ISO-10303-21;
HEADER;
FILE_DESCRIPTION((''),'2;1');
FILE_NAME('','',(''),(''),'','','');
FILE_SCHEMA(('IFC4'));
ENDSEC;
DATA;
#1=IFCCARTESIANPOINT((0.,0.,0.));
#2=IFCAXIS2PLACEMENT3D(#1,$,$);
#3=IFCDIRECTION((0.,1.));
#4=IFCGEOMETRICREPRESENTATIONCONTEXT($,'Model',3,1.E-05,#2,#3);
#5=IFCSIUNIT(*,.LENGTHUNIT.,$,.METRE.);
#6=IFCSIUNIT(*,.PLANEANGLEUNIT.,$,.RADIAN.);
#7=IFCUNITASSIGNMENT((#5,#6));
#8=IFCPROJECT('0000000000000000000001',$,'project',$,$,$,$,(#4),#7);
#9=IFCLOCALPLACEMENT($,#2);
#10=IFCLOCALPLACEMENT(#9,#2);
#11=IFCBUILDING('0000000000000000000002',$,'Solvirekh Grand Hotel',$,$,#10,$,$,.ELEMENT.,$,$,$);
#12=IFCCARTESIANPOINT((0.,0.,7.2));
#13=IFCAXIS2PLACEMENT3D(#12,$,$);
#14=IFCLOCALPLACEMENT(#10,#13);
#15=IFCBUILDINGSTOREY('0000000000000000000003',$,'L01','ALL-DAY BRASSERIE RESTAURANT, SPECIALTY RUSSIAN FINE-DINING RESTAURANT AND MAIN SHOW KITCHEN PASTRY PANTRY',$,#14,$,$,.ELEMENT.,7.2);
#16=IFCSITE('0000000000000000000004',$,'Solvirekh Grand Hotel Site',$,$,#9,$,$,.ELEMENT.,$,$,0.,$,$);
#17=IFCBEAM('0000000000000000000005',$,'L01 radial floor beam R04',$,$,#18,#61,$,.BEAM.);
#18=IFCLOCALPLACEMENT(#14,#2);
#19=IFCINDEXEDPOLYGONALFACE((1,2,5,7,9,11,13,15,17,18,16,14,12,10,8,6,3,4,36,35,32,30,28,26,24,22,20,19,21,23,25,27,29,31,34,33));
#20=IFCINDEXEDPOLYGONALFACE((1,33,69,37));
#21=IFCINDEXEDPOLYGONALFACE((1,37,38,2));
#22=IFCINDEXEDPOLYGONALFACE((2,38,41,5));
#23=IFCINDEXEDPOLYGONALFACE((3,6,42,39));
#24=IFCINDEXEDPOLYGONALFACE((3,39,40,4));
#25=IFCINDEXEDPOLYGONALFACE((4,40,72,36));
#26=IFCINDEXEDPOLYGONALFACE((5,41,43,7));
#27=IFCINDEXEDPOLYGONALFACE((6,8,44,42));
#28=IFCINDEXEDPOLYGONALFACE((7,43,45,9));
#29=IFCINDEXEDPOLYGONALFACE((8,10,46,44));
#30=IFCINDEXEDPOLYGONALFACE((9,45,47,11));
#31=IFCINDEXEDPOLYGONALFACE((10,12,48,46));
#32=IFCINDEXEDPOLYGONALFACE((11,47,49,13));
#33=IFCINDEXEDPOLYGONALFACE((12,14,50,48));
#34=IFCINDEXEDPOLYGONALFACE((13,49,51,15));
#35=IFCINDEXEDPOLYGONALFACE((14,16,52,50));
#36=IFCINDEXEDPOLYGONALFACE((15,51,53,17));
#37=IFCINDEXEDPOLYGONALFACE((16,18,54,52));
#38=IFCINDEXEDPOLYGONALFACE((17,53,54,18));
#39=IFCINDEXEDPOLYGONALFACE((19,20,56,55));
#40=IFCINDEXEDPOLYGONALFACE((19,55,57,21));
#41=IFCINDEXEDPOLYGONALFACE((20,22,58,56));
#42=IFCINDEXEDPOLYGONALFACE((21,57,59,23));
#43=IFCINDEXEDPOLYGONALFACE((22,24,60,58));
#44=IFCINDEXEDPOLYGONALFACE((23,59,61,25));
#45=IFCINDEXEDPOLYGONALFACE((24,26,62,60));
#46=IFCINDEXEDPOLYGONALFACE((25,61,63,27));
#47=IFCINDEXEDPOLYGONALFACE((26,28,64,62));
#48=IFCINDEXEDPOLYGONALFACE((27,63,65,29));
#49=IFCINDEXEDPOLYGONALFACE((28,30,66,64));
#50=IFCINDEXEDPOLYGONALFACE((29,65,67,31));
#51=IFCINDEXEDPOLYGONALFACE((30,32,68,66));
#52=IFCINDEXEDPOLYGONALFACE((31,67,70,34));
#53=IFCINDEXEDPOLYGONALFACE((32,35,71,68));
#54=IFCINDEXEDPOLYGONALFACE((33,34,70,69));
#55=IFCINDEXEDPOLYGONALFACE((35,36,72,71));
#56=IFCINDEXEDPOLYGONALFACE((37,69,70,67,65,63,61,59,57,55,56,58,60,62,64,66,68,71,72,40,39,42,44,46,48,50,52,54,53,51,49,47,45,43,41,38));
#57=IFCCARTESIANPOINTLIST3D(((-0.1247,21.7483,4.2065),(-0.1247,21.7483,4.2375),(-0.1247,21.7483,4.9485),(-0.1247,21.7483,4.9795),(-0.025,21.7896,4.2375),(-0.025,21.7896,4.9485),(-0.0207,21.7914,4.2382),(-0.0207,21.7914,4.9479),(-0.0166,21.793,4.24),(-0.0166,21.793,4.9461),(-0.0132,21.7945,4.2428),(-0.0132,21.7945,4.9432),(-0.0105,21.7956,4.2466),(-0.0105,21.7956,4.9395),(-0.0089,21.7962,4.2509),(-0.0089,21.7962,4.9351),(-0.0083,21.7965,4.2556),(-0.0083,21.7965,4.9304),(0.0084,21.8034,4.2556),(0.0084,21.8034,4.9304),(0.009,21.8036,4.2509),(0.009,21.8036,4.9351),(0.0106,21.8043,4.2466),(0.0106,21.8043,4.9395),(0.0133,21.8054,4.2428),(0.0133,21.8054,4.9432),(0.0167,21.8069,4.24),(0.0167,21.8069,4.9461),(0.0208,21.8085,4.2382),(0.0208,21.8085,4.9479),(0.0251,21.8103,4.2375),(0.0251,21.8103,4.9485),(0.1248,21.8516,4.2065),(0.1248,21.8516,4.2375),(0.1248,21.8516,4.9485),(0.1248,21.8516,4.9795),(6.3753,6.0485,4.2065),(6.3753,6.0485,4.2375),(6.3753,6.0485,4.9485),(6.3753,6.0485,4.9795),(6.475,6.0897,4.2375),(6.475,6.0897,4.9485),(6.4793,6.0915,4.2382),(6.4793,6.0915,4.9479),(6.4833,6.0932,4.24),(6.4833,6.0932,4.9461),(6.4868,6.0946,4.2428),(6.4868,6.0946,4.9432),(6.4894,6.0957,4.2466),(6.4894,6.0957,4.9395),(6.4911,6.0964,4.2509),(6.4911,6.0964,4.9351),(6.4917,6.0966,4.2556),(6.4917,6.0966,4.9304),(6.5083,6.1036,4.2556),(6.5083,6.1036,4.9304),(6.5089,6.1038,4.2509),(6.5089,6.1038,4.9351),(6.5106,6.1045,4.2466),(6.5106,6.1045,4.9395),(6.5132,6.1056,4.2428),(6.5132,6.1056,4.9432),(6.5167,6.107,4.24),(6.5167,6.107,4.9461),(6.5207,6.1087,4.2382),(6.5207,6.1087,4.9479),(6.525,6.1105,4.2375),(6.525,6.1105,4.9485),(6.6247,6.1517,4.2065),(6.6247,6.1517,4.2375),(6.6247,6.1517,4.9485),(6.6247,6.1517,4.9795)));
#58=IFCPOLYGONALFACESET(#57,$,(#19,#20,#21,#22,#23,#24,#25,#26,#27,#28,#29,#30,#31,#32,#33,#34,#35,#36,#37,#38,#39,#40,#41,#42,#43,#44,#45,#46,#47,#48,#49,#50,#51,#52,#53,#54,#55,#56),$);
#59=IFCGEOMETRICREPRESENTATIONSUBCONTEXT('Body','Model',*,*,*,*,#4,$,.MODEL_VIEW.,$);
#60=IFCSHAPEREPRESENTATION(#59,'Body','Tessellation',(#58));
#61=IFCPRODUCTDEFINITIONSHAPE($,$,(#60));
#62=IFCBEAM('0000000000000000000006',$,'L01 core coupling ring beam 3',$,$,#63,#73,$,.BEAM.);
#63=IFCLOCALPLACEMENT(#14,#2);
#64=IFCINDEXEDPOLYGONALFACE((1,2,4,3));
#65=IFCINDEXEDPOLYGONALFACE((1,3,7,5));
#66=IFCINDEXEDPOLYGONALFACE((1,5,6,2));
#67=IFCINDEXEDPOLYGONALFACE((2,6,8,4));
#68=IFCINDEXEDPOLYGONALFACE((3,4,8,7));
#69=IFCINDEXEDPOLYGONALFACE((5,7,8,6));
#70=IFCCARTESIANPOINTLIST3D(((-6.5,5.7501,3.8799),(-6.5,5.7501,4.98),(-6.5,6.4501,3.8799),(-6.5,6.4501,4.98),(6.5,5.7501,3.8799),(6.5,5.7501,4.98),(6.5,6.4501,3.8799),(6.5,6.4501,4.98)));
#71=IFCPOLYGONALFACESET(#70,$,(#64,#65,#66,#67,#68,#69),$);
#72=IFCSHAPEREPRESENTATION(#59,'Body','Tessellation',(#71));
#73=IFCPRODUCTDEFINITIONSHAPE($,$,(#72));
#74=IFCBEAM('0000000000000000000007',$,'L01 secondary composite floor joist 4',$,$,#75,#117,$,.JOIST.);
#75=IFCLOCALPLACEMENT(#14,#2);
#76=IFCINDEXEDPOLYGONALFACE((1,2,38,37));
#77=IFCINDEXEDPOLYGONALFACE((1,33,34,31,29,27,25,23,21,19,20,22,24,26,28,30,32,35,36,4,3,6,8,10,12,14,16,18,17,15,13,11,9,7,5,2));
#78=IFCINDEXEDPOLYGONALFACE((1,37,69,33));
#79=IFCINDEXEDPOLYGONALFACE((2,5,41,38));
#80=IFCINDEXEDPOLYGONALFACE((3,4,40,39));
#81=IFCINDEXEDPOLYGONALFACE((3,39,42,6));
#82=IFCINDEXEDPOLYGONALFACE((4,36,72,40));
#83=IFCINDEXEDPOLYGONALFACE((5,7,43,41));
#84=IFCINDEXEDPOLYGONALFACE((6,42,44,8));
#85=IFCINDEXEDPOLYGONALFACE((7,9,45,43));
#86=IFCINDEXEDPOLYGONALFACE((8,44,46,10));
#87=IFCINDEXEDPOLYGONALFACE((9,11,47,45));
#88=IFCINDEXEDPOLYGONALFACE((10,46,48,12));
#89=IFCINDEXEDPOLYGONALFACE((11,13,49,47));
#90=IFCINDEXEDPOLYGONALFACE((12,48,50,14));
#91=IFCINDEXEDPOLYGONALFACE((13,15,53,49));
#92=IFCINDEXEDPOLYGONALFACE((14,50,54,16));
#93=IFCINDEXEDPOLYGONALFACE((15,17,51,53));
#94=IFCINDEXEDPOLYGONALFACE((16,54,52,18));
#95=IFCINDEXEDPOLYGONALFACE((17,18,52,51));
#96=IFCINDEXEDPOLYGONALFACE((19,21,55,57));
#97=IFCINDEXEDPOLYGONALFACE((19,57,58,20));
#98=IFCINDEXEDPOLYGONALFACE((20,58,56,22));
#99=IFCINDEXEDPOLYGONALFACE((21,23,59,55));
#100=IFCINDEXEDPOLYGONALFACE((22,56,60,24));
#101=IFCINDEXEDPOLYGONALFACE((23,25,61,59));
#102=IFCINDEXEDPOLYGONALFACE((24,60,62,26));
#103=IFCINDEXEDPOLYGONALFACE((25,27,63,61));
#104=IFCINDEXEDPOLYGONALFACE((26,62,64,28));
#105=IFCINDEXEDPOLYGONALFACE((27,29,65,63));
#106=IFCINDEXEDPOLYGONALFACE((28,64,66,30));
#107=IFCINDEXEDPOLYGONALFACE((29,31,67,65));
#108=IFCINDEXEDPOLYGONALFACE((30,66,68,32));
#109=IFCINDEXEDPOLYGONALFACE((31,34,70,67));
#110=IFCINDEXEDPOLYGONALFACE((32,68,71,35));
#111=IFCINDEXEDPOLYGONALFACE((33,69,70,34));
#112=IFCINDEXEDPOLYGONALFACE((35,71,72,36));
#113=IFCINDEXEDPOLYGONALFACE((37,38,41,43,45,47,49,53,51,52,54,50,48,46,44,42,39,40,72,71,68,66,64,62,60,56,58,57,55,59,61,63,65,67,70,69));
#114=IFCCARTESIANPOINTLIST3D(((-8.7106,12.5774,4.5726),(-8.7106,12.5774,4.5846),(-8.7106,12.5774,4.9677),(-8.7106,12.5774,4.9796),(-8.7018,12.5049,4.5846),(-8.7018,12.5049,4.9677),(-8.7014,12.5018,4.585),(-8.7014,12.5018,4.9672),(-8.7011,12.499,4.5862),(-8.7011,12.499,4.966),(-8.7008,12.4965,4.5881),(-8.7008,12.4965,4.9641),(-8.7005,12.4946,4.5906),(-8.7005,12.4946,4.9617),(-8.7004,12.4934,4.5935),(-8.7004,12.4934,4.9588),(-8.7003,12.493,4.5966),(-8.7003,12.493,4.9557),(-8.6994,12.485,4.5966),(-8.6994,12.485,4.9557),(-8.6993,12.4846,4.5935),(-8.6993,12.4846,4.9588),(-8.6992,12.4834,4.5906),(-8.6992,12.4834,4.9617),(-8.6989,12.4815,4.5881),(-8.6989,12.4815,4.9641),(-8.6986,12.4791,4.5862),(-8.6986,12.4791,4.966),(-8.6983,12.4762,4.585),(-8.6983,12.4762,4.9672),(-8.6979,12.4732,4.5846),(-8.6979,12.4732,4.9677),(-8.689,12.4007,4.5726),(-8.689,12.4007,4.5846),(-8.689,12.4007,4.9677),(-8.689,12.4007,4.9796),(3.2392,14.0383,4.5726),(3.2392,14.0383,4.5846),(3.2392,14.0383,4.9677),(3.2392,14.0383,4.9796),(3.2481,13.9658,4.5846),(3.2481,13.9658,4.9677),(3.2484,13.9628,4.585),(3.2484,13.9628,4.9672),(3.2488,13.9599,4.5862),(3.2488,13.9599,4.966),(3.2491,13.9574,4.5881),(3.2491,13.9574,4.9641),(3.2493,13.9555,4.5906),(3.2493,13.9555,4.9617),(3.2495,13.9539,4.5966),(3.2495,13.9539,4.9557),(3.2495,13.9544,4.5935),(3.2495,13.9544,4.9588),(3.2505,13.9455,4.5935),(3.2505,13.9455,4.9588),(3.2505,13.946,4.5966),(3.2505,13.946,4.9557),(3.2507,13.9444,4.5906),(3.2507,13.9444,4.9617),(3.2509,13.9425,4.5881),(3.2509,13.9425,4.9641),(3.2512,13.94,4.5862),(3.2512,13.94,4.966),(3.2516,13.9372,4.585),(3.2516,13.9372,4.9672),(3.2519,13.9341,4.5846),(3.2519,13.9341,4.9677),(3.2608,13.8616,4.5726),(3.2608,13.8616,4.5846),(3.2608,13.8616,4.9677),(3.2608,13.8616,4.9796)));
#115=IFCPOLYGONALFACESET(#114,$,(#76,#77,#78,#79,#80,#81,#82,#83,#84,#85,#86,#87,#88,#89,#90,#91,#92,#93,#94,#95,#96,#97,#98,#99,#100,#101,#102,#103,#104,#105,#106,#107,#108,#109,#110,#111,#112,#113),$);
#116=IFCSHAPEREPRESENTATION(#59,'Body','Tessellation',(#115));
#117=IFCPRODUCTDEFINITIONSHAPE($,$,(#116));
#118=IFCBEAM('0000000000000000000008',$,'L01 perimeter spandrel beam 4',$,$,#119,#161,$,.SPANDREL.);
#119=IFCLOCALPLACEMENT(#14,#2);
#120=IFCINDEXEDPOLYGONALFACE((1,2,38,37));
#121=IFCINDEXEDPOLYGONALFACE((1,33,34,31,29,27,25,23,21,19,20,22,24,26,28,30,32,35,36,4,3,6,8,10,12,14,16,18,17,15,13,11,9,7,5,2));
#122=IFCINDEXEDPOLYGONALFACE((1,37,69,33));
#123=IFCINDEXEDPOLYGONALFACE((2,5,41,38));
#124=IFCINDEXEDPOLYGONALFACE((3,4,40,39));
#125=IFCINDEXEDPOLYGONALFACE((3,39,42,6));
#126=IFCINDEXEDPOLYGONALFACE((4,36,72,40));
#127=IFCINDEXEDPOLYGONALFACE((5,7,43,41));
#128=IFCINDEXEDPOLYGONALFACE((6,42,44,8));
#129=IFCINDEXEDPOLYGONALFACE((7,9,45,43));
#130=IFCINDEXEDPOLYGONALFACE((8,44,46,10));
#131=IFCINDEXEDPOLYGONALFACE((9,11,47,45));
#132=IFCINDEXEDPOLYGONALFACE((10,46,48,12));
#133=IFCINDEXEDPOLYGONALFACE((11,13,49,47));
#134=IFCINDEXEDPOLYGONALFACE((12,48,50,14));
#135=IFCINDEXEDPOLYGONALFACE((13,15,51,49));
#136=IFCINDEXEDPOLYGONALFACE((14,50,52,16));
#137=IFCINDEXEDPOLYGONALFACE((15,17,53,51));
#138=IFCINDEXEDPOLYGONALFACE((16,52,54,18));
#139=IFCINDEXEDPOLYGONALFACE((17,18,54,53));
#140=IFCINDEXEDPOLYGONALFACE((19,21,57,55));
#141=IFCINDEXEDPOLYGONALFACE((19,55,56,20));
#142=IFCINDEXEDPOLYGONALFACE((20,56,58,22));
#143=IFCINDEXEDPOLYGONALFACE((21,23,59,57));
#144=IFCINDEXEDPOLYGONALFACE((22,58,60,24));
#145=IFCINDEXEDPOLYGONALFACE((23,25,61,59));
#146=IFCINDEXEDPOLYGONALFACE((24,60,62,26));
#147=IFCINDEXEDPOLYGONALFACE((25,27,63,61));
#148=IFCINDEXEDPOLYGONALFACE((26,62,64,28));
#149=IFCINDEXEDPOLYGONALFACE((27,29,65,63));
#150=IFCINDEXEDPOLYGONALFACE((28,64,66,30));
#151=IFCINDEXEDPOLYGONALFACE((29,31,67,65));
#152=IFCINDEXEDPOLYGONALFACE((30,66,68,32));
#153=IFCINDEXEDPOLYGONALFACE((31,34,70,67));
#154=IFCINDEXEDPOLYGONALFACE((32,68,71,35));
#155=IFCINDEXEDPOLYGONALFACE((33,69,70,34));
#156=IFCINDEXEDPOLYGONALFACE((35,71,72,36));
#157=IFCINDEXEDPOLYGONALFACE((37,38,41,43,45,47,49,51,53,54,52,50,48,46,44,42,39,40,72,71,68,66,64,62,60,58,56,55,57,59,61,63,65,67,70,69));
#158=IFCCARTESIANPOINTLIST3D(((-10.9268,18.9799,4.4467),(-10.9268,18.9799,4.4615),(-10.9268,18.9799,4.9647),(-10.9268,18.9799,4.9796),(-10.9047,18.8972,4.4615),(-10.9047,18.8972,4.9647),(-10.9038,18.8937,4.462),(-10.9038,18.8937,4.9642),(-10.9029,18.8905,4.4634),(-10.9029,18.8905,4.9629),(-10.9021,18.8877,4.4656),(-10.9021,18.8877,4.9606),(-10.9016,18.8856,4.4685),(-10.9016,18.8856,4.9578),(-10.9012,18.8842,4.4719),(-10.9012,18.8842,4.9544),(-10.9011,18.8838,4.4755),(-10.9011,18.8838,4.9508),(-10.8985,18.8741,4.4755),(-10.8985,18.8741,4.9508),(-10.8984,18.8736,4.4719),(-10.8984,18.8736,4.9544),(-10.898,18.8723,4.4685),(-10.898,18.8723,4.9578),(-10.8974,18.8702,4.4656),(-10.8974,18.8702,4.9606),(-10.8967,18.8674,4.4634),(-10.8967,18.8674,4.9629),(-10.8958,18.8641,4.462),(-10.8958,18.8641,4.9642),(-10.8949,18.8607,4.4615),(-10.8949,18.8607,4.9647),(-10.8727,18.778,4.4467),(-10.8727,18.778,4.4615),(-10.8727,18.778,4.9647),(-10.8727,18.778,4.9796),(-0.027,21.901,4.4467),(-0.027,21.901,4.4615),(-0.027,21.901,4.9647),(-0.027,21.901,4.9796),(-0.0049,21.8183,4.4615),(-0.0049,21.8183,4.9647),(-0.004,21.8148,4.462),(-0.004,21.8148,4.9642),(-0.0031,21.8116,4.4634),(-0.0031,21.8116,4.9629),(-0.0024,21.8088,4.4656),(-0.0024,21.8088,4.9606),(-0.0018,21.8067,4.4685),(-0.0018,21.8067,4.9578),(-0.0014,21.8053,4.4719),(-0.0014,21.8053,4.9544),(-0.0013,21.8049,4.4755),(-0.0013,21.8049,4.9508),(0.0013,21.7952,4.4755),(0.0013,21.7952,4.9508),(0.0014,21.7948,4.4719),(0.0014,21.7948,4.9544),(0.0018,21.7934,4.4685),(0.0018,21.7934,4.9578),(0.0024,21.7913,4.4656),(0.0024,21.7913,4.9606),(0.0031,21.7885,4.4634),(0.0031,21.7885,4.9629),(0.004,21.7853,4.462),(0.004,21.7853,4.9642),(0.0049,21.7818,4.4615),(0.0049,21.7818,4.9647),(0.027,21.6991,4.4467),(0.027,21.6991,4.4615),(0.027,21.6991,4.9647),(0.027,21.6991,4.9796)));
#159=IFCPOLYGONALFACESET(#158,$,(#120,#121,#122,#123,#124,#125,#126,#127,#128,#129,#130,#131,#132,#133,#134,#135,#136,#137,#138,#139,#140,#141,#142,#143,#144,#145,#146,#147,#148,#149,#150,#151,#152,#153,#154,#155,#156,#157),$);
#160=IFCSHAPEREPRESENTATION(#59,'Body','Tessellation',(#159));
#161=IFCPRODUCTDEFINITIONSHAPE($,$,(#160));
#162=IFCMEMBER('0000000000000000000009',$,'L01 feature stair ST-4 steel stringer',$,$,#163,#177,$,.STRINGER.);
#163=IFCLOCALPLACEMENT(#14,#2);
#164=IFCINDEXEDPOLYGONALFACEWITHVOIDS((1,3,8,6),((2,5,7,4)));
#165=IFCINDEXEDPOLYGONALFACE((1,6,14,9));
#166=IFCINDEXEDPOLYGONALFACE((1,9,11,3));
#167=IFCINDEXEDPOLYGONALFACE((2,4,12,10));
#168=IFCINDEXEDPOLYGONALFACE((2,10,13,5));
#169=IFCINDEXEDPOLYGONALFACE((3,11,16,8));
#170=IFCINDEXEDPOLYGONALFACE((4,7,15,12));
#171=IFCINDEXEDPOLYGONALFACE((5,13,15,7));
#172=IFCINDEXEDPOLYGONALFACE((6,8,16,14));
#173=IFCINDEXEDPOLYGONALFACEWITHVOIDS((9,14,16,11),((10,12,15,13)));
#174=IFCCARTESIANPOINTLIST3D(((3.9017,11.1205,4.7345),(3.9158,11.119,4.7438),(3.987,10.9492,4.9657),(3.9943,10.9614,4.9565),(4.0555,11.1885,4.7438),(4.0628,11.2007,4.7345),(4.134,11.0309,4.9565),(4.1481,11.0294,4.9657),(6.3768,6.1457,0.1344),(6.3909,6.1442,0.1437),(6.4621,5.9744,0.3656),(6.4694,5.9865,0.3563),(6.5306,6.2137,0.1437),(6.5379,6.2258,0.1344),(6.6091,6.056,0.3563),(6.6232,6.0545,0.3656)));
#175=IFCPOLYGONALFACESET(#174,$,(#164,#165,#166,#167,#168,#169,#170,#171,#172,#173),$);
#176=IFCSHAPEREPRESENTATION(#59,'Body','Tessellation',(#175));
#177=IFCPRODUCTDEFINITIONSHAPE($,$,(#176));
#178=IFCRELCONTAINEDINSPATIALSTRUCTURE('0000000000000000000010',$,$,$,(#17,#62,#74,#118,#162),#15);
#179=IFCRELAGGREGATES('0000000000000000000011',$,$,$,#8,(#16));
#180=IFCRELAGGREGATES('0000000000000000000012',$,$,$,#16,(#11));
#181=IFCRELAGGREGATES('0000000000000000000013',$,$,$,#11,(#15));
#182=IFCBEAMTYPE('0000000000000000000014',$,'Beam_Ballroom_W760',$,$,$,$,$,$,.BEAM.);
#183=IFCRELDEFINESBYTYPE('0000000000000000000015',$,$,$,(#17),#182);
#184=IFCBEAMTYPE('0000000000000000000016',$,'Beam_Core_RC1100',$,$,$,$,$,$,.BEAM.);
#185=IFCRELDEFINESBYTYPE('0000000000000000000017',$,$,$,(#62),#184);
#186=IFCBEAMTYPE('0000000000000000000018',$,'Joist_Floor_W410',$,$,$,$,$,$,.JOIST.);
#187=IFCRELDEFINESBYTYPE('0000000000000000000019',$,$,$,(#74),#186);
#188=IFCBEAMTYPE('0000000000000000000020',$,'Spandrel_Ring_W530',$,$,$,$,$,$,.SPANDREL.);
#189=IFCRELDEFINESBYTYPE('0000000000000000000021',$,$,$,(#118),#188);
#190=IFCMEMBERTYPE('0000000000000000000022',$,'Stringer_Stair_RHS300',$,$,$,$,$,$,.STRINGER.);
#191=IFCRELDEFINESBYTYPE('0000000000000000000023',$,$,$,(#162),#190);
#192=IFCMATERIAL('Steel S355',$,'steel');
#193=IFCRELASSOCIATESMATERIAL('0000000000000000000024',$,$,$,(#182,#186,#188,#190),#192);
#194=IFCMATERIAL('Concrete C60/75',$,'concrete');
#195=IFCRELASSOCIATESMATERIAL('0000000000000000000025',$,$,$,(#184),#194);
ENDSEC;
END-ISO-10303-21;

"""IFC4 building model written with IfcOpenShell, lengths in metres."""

from ifc_helpers import new_model, si_unit, direction, frame, origin, origin_2d, place, context, subcontext, project, spatial, rectangle, hollow_rectangle, i_section, extrude, material, material_profile, profile_set, type_object, element, save


model = new_model("IFC4")

# Units and contexts
model_context = context("Model", 3, precision=1e-05, world=origin(), true_north=direction((0.0, 1.0)))
body_context = subcontext(model_context, "Body", "Model", "MODEL_VIEW")
ifc_project = project(units=[si_unit("LENGTHUNIT", "METRE"), si_unit("PLANEANGLEUNIT", "RADIAN")], contexts=[model_context])

# Site, building, storey
site_placement = place(None, origin())
site = spatial("IfcSite", under=ifc_project, at=site_placement, Name="Solvirekh Grand Hotel Site", CompositionType="ELEMENT", RefElevation=0.0)
building_placement = place(site_placement, origin())
building = spatial("IfcBuilding", under=site, at=building_placement, Name="Solvirekh Grand Hotel", CompositionType="ELEMENT")
storey_placement = place(building_placement, frame((0.0, 0.0, 7.2)))
storey = spatial("IfcBuildingStorey", under=building, at=storey_placement, Name="L01", Description="ALL-DAY BRASSERIE RESTAURANT, SPECIALTY RUSSIAN FINE-DINING RESTAURANT AND MAIN SHOW KITCHEN PASTRY PANTRY", CompositionType="ELEMENT", Elevation=7.2)

# Shared definitions
ifc_material_1 = material(Name="Concrete C60/75", Category="concrete")
ifc_material_2 = material(Name="Steel S355", Category="steel")

# Beams
ifc_material_profile_1 = material_profile(ifc_material_2, i_section(OverallWidth=0.27, OverallDepth=0.7729, WebThickness=0.0181, FlangeThickness=0.031, FilletRadius=0.0181, at=origin_2d()), Name="W760X257")
ifc_profile_set_1 = profile_set([ifc_material_profile_1], Name="Steel S355")
beam_type_1 = type_object("IfcBeamType", Name="Beam_Ballroom_W760", PredefinedType="BEAM", material=ifc_profile_set_1)
beam_1_placement = place(storey_placement, frame((6.5, 6.1001, 4.593), z_axis=(-0.382526, 0.923945, 0.0), x_axis=(-0.923945, -0.382526, 0.0)))
element("IfcBeam", 1, at=beam_1_placement, inside=storey, type_object=beam_type_1, Name="L01 radial floor beam R04", PredefinedType="BEAM", context=body_context, shape_type="SweptSolid", body=[
    extrude(i_section(OverallWidth=0.27, OverallDepth=0.7729, WebThickness=0.0181, FlangeThickness=0.031, FilletRadius=0.0181, at=origin_2d()), origin(), (0.0, 0.0, 1.0), 16.9922),
])
ifc_material_profile_2 = material_profile(ifc_material_1, rectangle(XDim=0.7, YDim=1.1001, at=origin_2d()), Name="RC BEAM 700X1100")
ifc_profile_set_2 = profile_set([ifc_material_profile_2], Name="Concrete C60/75")
beam_type_2 = type_object("IfcBeamType", Name="Beam_Core_RC1100", PredefinedType="BEAM", material=ifc_profile_set_2)
beam_2_placement = place(storey_placement, frame((6.5, 6.1001, 4.4299), z_axis=(-1.0, 0.0, 0.0), x_axis=(0.0, -1.0, 0.0)))
element("IfcBeam", 2, at=beam_2_placement, inside=storey, type_object=beam_type_2, Name="L01 core coupling ring beam 3", PredefinedType="BEAM", context=body_context, shape_type="SweptSolid", body=[
    extrude(rectangle(XDim=0.7, YDim=1.1001, at=origin_2d()), origin(), (0.0, 0.0, 1.0), 13.0),
])
ifc_material_profile_3 = material_profile(ifc_material_2, i_section(OverallWidth=0.178, OverallDepth=0.407, WebThickness=0.0081, FlangeThickness=0.012, FilletRadius=0.012, at=origin_2d()), Name="W410X60")
ifc_profile_set_3 = profile_set([ifc_material_profile_3], Name="Steel S355")
beam_type_3 = type_object("IfcBeamType", Name="Joist_Floor_W410", PredefinedType="JOIST", material=ifc_profile_set_3)
beam_3_placement = place(storey_placement, frame((3.25, 13.95, 4.7761), z_axis=(-0.99261, -0.121351, 0.0), x_axis=(0.121351, -0.99261, 0.0)))
element("IfcBeam", 3, at=beam_3_placement, inside=storey, type_object=beam_type_3, Name="L01 secondary composite floor joist 4", PredefinedType="JOIST", context=body_context, shape_type="SweptSolid", body=[
    extrude(i_section(OverallWidth=0.178, OverallDepth=0.407, WebThickness=0.0081, FlangeThickness=0.012, FilletRadius=0.012, at=origin_2d()), origin(), (0.0, 0.0, 1.0), 12.0388),
])
ifc_material_profile_4 = material_profile(ifc_material_2, i_section(OverallWidth=0.209, OverallDepth=0.533, WebThickness=0.01, FlangeThickness=0.0149, FilletRadius=0.0139, at=origin_2d()), Name="W530X92")
ifc_profile_set_4 = profile_set([ifc_material_profile_4], Name="Steel S355")
beam_type_4 = type_object("IfcBeamType", Name="Spandrel_Ring_W530", PredefinedType="SPANDREL", material=ifc_profile_set_4)
beam_4_placement = place(storey_placement, frame((0.0, 21.8, 4.7131), z_axis=(-0.965914, -0.258862, 0.0), x_axis=(0.258862, -0.965914, 0.0)))
element("IfcBeam", 4, at=beam_4_placement, inside=storey, type_object=beam_type_4, Name="L01 perimeter spandrel beam 4", PredefinedType="SPANDREL", context=body_context, shape_type="SweptSolid", body=[
    extrude(i_section(OverallWidth=0.209, OverallDepth=0.533, WebThickness=0.01, FlangeThickness=0.0149, FilletRadius=0.0139, at=origin_2d()), origin(), (0.0, 0.0, 1.0), 11.2844),
])

# Member
ifc_material_profile_5 = material_profile(ifc_material_2, hollow_rectangle(XDim=0.1799, YDim=0.3, WallThickness=0.012, at=origin_2d()), Name="RHS 300X180X12")
ifc_profile_set_5 = profile_set([ifc_material_profile_5], Name="Steel S355")
member_type_1 = type_object("IfcMemberType", Name="Stringer_Stair_RHS300", PredefinedType="STRINGER", material=ifc_profile_set_5)
member_1_placement = place(storey_placement, frame((6.5, 6.1001, 0.25), z_axis=(-0.343115, 0.689648, 0.637697), x_axis=(-0.895313, -0.445438, 0.0)))
element("IfcMember", 5, at=member_1_placement, inside=storey, type_object=member_type_1, Name="L01 feature stair ST-4 steel stringer", PredefinedType="STRINGER", context=body_context, shape_type="SweptSolid", body=[
    extrude(hollow_rectangle(XDim=0.1799, YDim=0.3, WallThickness=0.012, at=origin_2d()), origin(), (0.0, 0.0, 1.0), 7.2136),
])

save(model, "model.ifc")
